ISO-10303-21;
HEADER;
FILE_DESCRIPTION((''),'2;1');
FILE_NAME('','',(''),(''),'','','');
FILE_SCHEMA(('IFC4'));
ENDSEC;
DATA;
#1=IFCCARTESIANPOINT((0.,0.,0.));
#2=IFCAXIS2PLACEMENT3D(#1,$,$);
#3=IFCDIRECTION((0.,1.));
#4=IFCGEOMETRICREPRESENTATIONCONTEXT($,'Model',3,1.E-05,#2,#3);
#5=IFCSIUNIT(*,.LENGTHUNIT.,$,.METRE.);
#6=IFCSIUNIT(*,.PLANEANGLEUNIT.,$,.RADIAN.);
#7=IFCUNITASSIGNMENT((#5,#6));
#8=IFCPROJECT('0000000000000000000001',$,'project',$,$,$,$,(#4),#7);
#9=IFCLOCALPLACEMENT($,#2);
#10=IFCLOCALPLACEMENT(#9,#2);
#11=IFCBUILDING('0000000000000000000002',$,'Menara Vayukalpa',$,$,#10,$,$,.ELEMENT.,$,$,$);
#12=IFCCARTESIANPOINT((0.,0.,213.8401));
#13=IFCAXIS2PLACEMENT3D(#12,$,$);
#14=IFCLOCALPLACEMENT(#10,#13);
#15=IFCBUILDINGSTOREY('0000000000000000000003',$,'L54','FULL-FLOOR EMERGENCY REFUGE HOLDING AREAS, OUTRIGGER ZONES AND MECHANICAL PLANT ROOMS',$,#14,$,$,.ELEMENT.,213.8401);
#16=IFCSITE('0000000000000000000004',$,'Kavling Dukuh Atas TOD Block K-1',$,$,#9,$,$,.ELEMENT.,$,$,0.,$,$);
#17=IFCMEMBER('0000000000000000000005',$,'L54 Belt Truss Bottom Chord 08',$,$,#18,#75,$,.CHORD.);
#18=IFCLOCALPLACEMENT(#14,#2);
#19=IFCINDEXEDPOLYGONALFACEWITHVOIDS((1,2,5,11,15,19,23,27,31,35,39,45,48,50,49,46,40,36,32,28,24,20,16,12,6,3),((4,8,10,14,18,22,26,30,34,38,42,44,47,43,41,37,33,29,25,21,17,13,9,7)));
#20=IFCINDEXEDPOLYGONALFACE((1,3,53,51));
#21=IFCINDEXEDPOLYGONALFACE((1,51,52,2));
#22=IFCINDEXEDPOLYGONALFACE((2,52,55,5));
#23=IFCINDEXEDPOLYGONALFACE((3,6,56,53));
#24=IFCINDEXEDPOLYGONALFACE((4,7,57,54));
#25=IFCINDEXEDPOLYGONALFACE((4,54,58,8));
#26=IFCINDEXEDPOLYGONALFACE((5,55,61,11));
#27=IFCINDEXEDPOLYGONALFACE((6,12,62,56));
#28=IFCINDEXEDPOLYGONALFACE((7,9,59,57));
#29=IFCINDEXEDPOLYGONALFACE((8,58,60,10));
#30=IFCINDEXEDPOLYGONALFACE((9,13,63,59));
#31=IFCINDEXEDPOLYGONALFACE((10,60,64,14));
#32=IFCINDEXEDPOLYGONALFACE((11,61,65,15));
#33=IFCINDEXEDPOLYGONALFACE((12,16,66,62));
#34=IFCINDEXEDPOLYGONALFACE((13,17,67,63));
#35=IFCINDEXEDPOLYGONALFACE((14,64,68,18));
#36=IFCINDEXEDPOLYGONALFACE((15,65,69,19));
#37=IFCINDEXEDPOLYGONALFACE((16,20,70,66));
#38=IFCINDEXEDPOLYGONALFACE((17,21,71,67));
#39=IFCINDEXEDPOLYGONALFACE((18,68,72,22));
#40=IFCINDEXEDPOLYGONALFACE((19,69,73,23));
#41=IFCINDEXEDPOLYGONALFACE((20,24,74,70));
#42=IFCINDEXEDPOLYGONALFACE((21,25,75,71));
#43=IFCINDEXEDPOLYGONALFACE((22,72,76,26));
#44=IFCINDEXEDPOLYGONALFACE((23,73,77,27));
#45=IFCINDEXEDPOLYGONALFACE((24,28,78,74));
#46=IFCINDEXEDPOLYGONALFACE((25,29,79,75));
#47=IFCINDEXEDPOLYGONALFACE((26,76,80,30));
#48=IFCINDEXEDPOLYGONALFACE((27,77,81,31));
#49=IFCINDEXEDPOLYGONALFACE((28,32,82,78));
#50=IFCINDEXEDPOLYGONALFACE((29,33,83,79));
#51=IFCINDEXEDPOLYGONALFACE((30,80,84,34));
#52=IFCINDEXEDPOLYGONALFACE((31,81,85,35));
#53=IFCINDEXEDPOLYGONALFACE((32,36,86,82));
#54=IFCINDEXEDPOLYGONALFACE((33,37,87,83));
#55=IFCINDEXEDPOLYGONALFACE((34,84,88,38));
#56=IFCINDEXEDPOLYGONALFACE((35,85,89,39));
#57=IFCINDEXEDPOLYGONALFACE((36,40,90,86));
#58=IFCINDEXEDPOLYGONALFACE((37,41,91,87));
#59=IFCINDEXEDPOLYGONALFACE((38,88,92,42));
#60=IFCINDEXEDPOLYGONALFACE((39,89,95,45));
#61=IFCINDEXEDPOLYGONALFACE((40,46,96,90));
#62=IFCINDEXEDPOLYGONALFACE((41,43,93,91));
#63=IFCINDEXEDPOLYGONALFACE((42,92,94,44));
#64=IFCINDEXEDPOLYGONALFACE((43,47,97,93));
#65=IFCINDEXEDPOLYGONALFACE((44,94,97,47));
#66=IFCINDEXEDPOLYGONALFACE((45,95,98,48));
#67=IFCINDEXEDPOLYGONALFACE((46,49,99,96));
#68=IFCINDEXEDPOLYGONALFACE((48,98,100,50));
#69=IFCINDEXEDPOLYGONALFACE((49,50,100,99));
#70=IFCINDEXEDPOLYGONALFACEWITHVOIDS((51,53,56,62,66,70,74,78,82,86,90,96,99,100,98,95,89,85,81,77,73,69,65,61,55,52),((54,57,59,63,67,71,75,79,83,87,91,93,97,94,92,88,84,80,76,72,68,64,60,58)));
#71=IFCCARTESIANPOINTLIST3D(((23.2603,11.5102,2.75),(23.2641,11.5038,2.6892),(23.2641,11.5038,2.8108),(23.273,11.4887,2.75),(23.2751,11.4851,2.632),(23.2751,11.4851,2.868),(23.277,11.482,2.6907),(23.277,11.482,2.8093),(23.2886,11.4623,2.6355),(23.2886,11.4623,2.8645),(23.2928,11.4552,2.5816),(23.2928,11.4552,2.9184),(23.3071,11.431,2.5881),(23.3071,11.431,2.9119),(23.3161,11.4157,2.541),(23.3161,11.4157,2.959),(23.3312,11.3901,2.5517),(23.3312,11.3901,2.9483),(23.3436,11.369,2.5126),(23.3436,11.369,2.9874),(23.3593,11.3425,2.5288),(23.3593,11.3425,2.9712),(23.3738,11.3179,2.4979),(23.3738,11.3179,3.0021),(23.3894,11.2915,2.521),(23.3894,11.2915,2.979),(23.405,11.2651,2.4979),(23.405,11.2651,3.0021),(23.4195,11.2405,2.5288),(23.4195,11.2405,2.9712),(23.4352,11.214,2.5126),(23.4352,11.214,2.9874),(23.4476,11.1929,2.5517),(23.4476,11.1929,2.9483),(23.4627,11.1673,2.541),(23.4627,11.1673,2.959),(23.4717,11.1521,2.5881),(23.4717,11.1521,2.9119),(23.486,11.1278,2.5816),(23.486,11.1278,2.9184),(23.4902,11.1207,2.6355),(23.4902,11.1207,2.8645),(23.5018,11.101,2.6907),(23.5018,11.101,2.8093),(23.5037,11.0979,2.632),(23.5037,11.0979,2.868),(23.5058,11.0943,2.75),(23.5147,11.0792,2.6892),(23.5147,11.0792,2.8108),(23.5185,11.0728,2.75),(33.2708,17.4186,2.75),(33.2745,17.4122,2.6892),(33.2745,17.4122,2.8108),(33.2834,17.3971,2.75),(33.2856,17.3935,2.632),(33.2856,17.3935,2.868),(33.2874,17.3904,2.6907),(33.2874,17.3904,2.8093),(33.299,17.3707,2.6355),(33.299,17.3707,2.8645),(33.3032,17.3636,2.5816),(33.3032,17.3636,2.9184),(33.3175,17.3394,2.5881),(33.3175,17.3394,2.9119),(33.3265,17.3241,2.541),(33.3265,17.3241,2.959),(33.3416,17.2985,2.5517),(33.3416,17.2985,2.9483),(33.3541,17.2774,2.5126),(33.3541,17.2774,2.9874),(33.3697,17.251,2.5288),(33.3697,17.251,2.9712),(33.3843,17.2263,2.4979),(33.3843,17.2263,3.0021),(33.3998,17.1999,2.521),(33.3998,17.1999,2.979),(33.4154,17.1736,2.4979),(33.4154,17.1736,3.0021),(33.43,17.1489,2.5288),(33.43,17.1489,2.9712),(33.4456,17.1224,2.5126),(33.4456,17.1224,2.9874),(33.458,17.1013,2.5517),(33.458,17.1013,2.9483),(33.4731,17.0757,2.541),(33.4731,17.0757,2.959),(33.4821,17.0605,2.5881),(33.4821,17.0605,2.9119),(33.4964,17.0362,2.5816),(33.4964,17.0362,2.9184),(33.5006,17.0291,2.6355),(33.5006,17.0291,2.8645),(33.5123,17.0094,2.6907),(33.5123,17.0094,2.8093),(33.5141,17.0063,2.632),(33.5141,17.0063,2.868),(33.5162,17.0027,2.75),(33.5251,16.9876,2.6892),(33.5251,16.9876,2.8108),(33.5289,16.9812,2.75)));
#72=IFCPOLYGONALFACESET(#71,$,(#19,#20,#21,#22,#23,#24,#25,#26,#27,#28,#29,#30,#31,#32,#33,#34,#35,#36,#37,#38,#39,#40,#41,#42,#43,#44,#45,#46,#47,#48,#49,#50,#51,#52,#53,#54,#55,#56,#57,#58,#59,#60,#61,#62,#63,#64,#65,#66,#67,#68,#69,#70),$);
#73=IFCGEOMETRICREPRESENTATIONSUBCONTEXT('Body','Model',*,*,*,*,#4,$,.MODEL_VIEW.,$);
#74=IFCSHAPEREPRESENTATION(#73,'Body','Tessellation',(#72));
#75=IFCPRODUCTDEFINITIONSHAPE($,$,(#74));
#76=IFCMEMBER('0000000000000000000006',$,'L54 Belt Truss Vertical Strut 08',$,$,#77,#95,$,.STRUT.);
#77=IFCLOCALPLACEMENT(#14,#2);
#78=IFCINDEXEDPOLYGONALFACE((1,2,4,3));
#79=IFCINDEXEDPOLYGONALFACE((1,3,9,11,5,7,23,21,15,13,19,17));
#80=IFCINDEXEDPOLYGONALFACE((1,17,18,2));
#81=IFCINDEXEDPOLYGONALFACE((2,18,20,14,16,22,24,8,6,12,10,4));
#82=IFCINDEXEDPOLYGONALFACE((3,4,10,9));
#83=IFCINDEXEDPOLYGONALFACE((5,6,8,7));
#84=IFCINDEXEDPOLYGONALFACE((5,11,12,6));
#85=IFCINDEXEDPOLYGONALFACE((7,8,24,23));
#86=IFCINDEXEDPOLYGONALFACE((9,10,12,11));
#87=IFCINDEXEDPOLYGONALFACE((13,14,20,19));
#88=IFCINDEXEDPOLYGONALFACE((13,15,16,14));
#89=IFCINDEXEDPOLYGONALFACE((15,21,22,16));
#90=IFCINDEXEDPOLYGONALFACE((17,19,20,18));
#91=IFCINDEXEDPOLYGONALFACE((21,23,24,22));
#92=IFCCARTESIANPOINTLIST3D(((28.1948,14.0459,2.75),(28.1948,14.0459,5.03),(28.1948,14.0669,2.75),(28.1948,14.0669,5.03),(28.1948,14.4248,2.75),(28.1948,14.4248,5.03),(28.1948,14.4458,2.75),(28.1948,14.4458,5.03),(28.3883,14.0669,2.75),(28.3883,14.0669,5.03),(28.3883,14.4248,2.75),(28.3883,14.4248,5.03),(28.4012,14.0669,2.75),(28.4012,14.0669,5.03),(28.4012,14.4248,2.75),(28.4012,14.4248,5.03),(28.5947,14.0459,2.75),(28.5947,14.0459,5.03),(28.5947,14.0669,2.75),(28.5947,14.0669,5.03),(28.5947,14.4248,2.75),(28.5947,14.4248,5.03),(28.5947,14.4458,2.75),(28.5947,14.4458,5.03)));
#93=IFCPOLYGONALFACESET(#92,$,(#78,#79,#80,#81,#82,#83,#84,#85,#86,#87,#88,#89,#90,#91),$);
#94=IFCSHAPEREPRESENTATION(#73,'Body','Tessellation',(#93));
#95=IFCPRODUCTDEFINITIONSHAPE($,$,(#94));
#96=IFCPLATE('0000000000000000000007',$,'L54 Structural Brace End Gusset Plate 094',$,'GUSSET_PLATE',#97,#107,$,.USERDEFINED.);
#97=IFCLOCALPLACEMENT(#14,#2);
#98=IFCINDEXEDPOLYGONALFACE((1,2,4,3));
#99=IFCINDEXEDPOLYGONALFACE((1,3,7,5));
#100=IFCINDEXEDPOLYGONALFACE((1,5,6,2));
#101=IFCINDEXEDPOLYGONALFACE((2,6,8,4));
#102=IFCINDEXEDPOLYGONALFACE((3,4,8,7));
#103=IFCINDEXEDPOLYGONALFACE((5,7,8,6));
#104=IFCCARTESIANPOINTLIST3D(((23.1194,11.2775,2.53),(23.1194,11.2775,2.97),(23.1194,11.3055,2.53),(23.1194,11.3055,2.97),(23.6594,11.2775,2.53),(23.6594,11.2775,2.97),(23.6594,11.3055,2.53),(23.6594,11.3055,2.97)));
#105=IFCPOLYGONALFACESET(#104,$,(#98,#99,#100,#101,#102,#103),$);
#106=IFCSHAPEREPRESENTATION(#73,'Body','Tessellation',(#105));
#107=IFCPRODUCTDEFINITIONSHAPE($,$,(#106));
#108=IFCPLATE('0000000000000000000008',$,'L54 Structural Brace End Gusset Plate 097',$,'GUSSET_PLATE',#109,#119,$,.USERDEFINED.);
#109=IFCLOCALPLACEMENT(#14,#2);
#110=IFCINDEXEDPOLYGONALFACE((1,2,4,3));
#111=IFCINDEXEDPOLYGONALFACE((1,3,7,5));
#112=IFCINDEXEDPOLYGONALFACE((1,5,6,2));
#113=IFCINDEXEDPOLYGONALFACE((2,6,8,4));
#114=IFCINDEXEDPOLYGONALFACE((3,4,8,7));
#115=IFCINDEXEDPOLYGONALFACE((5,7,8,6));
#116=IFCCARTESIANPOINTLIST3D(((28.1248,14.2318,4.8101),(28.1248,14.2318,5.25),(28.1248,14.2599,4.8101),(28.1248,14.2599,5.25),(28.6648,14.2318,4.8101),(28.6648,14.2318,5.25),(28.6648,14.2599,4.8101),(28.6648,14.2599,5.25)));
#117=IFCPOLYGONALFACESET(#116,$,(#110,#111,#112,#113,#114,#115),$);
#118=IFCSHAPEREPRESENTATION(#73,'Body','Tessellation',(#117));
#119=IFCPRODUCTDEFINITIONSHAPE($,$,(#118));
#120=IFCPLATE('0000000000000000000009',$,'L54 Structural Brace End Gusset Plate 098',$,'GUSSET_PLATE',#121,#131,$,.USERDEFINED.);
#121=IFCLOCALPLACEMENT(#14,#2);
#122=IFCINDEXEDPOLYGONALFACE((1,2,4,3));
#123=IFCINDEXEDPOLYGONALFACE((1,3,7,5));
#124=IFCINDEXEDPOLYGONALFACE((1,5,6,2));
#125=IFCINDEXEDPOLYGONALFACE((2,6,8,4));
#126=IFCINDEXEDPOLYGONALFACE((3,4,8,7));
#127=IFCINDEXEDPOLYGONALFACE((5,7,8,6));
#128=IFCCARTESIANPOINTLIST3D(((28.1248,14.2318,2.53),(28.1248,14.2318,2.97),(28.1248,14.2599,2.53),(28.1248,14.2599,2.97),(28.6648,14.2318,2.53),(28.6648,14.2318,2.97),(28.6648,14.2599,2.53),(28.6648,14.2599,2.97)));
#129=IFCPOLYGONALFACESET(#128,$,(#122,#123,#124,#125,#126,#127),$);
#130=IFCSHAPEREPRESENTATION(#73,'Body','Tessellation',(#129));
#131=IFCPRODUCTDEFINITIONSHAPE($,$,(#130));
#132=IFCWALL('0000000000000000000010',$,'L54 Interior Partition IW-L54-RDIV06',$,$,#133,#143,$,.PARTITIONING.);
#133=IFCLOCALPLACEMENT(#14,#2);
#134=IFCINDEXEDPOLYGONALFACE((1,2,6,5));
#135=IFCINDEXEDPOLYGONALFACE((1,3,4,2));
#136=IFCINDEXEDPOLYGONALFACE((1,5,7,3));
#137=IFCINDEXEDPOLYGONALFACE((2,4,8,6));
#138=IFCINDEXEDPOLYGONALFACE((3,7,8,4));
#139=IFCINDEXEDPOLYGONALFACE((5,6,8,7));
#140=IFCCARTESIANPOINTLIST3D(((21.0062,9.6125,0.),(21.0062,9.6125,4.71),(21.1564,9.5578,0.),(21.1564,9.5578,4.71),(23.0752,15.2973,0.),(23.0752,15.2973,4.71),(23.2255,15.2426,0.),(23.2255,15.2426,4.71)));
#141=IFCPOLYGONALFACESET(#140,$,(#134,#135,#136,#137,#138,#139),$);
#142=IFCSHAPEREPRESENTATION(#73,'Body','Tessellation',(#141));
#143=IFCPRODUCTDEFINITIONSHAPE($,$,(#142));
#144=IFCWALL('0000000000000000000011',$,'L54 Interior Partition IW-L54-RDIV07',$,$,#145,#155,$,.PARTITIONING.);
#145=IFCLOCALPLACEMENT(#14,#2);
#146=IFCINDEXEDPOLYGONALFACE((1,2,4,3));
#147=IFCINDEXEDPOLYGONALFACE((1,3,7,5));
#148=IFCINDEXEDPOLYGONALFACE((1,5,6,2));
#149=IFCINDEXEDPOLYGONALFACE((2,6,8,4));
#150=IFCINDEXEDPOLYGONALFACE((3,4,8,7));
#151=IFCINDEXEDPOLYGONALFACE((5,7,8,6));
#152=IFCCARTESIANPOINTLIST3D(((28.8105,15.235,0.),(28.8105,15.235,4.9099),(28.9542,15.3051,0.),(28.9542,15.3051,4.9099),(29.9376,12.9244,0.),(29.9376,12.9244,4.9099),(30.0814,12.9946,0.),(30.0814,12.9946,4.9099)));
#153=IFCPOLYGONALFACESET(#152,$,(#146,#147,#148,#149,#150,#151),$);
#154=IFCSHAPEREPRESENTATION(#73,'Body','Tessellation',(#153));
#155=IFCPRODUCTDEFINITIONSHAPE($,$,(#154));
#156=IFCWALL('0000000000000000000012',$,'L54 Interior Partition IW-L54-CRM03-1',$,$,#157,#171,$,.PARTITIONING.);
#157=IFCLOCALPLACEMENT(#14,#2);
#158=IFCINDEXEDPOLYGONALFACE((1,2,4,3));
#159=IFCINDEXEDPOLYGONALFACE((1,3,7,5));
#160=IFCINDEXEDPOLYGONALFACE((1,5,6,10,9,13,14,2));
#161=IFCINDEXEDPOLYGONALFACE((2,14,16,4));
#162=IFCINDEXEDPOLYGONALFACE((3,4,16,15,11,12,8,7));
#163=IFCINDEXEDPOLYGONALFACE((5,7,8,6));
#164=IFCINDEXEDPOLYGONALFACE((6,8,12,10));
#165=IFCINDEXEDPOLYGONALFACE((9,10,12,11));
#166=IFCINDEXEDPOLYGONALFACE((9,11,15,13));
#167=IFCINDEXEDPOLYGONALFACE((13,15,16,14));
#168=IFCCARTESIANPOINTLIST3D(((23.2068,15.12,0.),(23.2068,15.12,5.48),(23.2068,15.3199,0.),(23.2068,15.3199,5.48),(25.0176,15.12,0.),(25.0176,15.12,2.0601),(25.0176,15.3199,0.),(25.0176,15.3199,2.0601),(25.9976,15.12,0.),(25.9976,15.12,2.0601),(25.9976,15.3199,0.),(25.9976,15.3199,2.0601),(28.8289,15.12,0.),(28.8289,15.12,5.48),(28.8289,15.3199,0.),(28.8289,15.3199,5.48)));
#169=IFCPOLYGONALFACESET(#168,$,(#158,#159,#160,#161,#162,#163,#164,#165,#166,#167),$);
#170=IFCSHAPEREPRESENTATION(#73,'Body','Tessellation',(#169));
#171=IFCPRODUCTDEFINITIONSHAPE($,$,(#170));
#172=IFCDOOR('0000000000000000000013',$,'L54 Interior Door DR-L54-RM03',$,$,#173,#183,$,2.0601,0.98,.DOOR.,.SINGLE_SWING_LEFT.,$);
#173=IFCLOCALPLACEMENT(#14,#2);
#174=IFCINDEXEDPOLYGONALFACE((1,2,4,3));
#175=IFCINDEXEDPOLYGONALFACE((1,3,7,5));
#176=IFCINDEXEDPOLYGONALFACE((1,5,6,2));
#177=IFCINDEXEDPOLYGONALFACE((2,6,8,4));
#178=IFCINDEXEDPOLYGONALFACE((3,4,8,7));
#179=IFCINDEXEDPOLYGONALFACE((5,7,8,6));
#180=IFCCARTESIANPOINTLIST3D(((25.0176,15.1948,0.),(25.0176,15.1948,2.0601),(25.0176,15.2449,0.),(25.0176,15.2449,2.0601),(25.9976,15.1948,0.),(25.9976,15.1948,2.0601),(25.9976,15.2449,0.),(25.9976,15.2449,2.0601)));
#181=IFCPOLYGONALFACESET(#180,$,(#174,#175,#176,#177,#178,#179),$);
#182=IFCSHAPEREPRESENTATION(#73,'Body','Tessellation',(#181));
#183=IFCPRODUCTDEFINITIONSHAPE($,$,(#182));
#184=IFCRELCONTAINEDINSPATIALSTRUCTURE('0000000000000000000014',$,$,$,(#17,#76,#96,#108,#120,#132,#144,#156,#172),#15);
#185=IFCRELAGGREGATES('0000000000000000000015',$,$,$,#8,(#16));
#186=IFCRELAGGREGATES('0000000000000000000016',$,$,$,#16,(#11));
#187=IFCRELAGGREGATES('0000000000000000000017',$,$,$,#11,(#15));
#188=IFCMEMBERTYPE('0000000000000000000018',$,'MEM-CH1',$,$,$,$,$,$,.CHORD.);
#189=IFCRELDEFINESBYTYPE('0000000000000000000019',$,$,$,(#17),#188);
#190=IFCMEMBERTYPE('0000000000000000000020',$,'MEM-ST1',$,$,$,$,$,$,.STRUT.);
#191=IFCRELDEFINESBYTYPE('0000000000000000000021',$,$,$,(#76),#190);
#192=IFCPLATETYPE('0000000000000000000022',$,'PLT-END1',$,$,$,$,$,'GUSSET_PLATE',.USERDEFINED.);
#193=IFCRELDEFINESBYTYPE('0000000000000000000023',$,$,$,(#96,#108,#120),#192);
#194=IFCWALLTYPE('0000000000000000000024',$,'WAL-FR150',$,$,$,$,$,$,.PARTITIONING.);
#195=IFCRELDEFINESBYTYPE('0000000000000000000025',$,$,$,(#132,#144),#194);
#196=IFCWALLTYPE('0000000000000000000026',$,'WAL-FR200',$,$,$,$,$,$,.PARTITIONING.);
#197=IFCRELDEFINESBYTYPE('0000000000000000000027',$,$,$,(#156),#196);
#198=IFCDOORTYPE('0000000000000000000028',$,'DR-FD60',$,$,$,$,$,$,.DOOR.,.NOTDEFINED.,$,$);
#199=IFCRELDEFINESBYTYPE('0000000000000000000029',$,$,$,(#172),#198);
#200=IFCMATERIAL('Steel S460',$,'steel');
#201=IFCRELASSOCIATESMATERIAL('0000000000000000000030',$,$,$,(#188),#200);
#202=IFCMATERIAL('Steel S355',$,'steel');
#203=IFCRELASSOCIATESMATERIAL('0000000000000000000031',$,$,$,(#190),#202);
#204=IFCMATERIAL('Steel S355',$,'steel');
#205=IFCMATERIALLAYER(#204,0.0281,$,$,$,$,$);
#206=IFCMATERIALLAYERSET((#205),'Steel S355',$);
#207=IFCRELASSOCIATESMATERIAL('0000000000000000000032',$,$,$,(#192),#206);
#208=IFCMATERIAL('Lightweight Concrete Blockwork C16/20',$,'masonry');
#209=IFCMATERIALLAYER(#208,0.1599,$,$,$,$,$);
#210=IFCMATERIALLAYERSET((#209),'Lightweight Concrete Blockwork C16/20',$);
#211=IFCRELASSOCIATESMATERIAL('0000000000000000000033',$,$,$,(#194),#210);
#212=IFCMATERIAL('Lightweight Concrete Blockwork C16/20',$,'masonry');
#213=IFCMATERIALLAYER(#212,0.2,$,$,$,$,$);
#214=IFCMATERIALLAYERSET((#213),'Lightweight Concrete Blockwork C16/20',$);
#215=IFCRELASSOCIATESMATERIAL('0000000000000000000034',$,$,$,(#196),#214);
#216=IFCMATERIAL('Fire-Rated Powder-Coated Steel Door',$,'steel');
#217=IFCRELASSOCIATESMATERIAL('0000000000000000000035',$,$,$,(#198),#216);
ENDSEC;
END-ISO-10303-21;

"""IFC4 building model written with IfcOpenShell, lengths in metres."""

from ifc_helpers import new_model, si_unit, direction, frame, frame_2d, origin, origin_2d, place, context, subcontext, project, spatial, rectangle, hollow_circle, i_section, extrude, material, layer, layer_set, material_profile, profile_set, type_object, element, fill, save


model = new_model("IFC4")

# Units and contexts
model_context = context("Model", 3, precision=1e-05, world=origin(), true_north=direction((0.0, 1.0)))
body_context = subcontext(model_context, "Body", "Model", "MODEL_VIEW")
ifc_project = project(units=[si_unit("LENGTHUNIT", "METRE"), si_unit("PLANEANGLEUNIT", "RADIAN")], contexts=[model_context])

# Site, building, storey
site_placement = place(None, origin())
site = spatial("IfcSite", under=ifc_project, at=site_placement, Name="Kavling Dukuh Atas TOD Block K-1", CompositionType="ELEMENT", RefElevation=0.0)
building_placement = place(site_placement, origin())
building = spatial("IfcBuilding", under=site, at=building_placement, Name="Menara Vayukalpa", CompositionType="ELEMENT")
storey_placement = place(building_placement, frame((0.0, 0.0, 213.8401)))
storey = spatial("IfcBuildingStorey", under=building, at=storey_placement, Name="L54", Description="FULL-FLOOR EMERGENCY REFUGE HOLDING AREAS, OUTRIGGER ZONES AND MECHANICAL PLANT ROOMS", CompositionType="ELEMENT", Elevation=213.8401)

# Members
ifc_material_1 = material(Name="Steel S460", Category="steel")
ifc_material_profile_1 = material_profile(ifc_material_1, hollow_circle(Radius=0.2539, WallThickness=0.0249, at=origin_2d()), Name="CHS 508.0x25")
ifc_profile_set_1 = profile_set([ifc_material_profile_1], Name="Steel S460")
member_type_1 = type_object("IfcMemberType", Name="MEM-CH1", PredefinedType="CHORD", material=ifc_profile_set_1)
member_1_placement = place(storey_placement, frame((23.3894, 11.2915, 2.75), z_axis=(0.861184, 0.508293, 0.0), x_axis=(-0.508293, 0.861184, 0.0)))
element("IfcMember", 1, at=member_1_placement, inside=storey, type_object=member_type_1, Name="L54 Belt Truss Bottom Chord 08", PredefinedType="CHORD", context=body_context, shape_type="SweptSolid", body=[
    extrude(hollow_circle(Radius=0.2539, WallThickness=0.0249, at=origin_2d()), origin(), (0.0, 0.0, 1.0), 11.624),
])
ifc_material_2 = material(Name="Steel S355", Category="steel")
ifc_material_profile_2 = material_profile(ifc_material_2, i_section(OverallWidth=0.3999, OverallDepth=0.3999, WebThickness=0.0129, FlangeThickness=0.021, at=origin_2d()), Name="H 400x400x13x21")
ifc_profile_set_2 = profile_set([ifc_material_profile_2], Name="Steel S355")
member_type_2 = type_object("IfcMemberType", Name="MEM-ST1", PredefinedType="STRUT", material=ifc_profile_set_2)
member_2_placement = place(storey_placement, frame((28.3948, 14.2458, 2.75), z_axis=(0.0, 0.0, 1.0), x_axis=(1.0, 0.0, 0.0)))
element("IfcMember", 2, at=member_2_placement, inside=storey, type_object=member_type_2, Name="L54 Belt Truss Vertical Strut 08", PredefinedType="STRUT", context=body_context, shape_type="SweptSolid", body=[
    extrude(i_section(OverallWidth=0.3999, OverallDepth=0.3999, WebThickness=0.0129, FlangeThickness=0.021, at=origin_2d()), origin(), (0.0, 0.0, 1.0), 2.28),
])

# Plates
ifc_material_3 = material(Name="Steel S355", Category="steel")
ifc_layer_1 = layer(ifc_material_3, 0.0281)
ifc_layer_set_1 = layer_set([ifc_layer_1], Name="Steel S355")
plate_type = type_object("IfcPlateType", Name="PLT-END1", ElementType="GUSSET_PLATE", PredefinedType="USERDEFINED", material=ifc_layer_set_1)
for number, where, z_axis, x_axis, name in (
    (3, (23.3894, 11.2915, 2.53), (0.0, 0.0, 1.0), (1.0, 0.0, 0.0), "L54 Structural Brace End Gusset Plate 094"),
    (4, (28.3948, 14.2458, 4.8101), (0.0, 0.0, 1.0), (1.0, 0.0, 0.0), "L54 Structural Brace End Gusset Plate 097"),
    (5, (28.3948, 14.2458, 2.53), (0.0, 0.0, 1.0), (1.0, 0.0, 0.0), "L54 Structural Brace End Gusset Plate 098"),
):
    element("IfcPlate", number, at=place(storey_placement, frame(where, z_axis=z_axis, x_axis=x_axis)), inside=storey, type_object=plate_type, Name=name, ObjectType="GUSSET_PLATE", PredefinedType="USERDEFINED", context=body_context, shape_type="SweptSolid", body=[
        extrude(rectangle(XDim=0.54, YDim=0.0281, at=origin_2d()), origin(), (0.0, 0.0, 1.0), 0.4399),
    ])

# Walls
ifc_material_4 = material(Name="Lightweight Concrete Blockwork C16/20", Category="masonry")
ifc_layer_2 = layer(ifc_material_4, 0.1599)
ifc_layer_set_2 = layer_set([ifc_layer_2], Name="Lightweight Concrete Blockwork C16/20")
wall_type_1 = type_object("IfcWallType", Name="WAL-FR150", PredefinedType="PARTITIONING", material=ifc_layer_set_2)
wall_1_placement = place(storey_placement, frame((23.1504, 15.27, 0.0), z_axis=(0.0, 0.0, 1.0), x_axis=(-0.342018, -0.939693, 0.0)))
element("IfcWall", 6, at=wall_1_placement, inside=storey, type_object=wall_type_1, Name="L54 Interior Partition IW-L54-RDIV06", PredefinedType="PARTITIONING", context=body_context, shape_type="SweptSolid", body=[
    extrude(rectangle(XDim=6.0496, YDim=0.1599, at=frame_2d((3.0249, 0.0))), origin(), (0.0, 0.0, 1.0), 4.71),
])
wall_2_placement = place(storey_placement, frame((28.8823, 15.27, 0.0), z_axis=(0.0, 0.0, 1.0), x_axis=(0.438455, -0.898753, 0.0)))
element("IfcWall", 7, at=wall_2_placement, inside=storey, type_object=wall_type_1, Name="L54 Interior Partition IW-L54-RDIV07", PredefinedType="PARTITIONING", context=body_context, shape_type="SweptSolid", body=[
    extrude(rectangle(XDim=2.5708, YDim=0.1599, at=frame_2d((1.2854, 0.0))), origin(), (0.0, 0.0, 1.0), 4.9099),
])

# Wall, opening, door
ifc_material_5 = material(Name="Lightweight Concrete Blockwork C16/20", Category="masonry")
ifc_layer_3 = layer(ifc_material_5, 0.2)
ifc_layer_set_3 = layer_set([ifc_layer_3], Name="Lightweight Concrete Blockwork C16/20")
wall_type_2 = type_object("IfcWallType", Name="WAL-FR200", PredefinedType="PARTITIONING", material=ifc_layer_set_3)
wall_3_placement = place(storey_placement, frame((23.2068, 15.22, 0.0), z_axis=(0.0, 0.0, 1.0), x_axis=(1.0, 0.0, 0.0)))
wall_3 = element("IfcWall", 8, at=wall_3_placement, inside=storey, type_object=wall_type_2, Name="L54 Interior Partition IW-L54-CRM03-1", PredefinedType="PARTITIONING", context=body_context, shape_type="SweptSolid", body=[
    extrude(rectangle(XDim=5.6221, YDim=0.2, at=frame_2d((2.811, 0.0))), origin(), (0.0, 0.0, 1.0), 5.48),
])
opening_placement = place(wall_3_placement, frame((1.8108, 0.0, 0.0)))
opening = element("IfcOpeningElement", 9, at=opening_placement, cuts=wall_3, PredefinedType="OPENING", context=body_context, shape_type="SweptSolid", body=[
    extrude(rectangle(XDim=0.98, YDim=2.0601, at=frame_2d((0.49, 1.03))), frame((0.0, 0.1099, 0.0), z_axis=(0.0, -1.0, 0.0), x_axis=(1.0, 0.0, 0.0)), (0.0, 0.0, 1.0), 0.22),
])
ifc_material_6 = material(Name="Fire-Rated Powder-Coated Steel Door", Category="steel")
door_type = type_object("IfcDoorType", Name="DR-FD60", OperationType="NOTDEFINED", PredefinedType="DOOR", material=ifc_material_6)
door_placement = place(opening_placement, origin())
door = element("IfcDoor", 10, at=door_placement, inside=storey, type_object=door_type, Name="L54 Interior Door DR-L54-RM03", OperationType="SINGLE_SWING_LEFT", OverallHeight=2.0601, OverallWidth=0.98, PredefinedType="DOOR", context=body_context, shape_type="SweptSolid", body=[
    extrude(rectangle(XDim=0.98, YDim=2.0601, at=frame_2d((0.49, 1.03))), frame((0.0, 0.0249, 0.0), z_axis=(0.0, -1.0, 0.0), x_axis=(1.0, 0.0, 0.0)), (0.0, 0.0, 1.0), 0.05),
])
fill(opening, door)

save(model, "model.ifc")
